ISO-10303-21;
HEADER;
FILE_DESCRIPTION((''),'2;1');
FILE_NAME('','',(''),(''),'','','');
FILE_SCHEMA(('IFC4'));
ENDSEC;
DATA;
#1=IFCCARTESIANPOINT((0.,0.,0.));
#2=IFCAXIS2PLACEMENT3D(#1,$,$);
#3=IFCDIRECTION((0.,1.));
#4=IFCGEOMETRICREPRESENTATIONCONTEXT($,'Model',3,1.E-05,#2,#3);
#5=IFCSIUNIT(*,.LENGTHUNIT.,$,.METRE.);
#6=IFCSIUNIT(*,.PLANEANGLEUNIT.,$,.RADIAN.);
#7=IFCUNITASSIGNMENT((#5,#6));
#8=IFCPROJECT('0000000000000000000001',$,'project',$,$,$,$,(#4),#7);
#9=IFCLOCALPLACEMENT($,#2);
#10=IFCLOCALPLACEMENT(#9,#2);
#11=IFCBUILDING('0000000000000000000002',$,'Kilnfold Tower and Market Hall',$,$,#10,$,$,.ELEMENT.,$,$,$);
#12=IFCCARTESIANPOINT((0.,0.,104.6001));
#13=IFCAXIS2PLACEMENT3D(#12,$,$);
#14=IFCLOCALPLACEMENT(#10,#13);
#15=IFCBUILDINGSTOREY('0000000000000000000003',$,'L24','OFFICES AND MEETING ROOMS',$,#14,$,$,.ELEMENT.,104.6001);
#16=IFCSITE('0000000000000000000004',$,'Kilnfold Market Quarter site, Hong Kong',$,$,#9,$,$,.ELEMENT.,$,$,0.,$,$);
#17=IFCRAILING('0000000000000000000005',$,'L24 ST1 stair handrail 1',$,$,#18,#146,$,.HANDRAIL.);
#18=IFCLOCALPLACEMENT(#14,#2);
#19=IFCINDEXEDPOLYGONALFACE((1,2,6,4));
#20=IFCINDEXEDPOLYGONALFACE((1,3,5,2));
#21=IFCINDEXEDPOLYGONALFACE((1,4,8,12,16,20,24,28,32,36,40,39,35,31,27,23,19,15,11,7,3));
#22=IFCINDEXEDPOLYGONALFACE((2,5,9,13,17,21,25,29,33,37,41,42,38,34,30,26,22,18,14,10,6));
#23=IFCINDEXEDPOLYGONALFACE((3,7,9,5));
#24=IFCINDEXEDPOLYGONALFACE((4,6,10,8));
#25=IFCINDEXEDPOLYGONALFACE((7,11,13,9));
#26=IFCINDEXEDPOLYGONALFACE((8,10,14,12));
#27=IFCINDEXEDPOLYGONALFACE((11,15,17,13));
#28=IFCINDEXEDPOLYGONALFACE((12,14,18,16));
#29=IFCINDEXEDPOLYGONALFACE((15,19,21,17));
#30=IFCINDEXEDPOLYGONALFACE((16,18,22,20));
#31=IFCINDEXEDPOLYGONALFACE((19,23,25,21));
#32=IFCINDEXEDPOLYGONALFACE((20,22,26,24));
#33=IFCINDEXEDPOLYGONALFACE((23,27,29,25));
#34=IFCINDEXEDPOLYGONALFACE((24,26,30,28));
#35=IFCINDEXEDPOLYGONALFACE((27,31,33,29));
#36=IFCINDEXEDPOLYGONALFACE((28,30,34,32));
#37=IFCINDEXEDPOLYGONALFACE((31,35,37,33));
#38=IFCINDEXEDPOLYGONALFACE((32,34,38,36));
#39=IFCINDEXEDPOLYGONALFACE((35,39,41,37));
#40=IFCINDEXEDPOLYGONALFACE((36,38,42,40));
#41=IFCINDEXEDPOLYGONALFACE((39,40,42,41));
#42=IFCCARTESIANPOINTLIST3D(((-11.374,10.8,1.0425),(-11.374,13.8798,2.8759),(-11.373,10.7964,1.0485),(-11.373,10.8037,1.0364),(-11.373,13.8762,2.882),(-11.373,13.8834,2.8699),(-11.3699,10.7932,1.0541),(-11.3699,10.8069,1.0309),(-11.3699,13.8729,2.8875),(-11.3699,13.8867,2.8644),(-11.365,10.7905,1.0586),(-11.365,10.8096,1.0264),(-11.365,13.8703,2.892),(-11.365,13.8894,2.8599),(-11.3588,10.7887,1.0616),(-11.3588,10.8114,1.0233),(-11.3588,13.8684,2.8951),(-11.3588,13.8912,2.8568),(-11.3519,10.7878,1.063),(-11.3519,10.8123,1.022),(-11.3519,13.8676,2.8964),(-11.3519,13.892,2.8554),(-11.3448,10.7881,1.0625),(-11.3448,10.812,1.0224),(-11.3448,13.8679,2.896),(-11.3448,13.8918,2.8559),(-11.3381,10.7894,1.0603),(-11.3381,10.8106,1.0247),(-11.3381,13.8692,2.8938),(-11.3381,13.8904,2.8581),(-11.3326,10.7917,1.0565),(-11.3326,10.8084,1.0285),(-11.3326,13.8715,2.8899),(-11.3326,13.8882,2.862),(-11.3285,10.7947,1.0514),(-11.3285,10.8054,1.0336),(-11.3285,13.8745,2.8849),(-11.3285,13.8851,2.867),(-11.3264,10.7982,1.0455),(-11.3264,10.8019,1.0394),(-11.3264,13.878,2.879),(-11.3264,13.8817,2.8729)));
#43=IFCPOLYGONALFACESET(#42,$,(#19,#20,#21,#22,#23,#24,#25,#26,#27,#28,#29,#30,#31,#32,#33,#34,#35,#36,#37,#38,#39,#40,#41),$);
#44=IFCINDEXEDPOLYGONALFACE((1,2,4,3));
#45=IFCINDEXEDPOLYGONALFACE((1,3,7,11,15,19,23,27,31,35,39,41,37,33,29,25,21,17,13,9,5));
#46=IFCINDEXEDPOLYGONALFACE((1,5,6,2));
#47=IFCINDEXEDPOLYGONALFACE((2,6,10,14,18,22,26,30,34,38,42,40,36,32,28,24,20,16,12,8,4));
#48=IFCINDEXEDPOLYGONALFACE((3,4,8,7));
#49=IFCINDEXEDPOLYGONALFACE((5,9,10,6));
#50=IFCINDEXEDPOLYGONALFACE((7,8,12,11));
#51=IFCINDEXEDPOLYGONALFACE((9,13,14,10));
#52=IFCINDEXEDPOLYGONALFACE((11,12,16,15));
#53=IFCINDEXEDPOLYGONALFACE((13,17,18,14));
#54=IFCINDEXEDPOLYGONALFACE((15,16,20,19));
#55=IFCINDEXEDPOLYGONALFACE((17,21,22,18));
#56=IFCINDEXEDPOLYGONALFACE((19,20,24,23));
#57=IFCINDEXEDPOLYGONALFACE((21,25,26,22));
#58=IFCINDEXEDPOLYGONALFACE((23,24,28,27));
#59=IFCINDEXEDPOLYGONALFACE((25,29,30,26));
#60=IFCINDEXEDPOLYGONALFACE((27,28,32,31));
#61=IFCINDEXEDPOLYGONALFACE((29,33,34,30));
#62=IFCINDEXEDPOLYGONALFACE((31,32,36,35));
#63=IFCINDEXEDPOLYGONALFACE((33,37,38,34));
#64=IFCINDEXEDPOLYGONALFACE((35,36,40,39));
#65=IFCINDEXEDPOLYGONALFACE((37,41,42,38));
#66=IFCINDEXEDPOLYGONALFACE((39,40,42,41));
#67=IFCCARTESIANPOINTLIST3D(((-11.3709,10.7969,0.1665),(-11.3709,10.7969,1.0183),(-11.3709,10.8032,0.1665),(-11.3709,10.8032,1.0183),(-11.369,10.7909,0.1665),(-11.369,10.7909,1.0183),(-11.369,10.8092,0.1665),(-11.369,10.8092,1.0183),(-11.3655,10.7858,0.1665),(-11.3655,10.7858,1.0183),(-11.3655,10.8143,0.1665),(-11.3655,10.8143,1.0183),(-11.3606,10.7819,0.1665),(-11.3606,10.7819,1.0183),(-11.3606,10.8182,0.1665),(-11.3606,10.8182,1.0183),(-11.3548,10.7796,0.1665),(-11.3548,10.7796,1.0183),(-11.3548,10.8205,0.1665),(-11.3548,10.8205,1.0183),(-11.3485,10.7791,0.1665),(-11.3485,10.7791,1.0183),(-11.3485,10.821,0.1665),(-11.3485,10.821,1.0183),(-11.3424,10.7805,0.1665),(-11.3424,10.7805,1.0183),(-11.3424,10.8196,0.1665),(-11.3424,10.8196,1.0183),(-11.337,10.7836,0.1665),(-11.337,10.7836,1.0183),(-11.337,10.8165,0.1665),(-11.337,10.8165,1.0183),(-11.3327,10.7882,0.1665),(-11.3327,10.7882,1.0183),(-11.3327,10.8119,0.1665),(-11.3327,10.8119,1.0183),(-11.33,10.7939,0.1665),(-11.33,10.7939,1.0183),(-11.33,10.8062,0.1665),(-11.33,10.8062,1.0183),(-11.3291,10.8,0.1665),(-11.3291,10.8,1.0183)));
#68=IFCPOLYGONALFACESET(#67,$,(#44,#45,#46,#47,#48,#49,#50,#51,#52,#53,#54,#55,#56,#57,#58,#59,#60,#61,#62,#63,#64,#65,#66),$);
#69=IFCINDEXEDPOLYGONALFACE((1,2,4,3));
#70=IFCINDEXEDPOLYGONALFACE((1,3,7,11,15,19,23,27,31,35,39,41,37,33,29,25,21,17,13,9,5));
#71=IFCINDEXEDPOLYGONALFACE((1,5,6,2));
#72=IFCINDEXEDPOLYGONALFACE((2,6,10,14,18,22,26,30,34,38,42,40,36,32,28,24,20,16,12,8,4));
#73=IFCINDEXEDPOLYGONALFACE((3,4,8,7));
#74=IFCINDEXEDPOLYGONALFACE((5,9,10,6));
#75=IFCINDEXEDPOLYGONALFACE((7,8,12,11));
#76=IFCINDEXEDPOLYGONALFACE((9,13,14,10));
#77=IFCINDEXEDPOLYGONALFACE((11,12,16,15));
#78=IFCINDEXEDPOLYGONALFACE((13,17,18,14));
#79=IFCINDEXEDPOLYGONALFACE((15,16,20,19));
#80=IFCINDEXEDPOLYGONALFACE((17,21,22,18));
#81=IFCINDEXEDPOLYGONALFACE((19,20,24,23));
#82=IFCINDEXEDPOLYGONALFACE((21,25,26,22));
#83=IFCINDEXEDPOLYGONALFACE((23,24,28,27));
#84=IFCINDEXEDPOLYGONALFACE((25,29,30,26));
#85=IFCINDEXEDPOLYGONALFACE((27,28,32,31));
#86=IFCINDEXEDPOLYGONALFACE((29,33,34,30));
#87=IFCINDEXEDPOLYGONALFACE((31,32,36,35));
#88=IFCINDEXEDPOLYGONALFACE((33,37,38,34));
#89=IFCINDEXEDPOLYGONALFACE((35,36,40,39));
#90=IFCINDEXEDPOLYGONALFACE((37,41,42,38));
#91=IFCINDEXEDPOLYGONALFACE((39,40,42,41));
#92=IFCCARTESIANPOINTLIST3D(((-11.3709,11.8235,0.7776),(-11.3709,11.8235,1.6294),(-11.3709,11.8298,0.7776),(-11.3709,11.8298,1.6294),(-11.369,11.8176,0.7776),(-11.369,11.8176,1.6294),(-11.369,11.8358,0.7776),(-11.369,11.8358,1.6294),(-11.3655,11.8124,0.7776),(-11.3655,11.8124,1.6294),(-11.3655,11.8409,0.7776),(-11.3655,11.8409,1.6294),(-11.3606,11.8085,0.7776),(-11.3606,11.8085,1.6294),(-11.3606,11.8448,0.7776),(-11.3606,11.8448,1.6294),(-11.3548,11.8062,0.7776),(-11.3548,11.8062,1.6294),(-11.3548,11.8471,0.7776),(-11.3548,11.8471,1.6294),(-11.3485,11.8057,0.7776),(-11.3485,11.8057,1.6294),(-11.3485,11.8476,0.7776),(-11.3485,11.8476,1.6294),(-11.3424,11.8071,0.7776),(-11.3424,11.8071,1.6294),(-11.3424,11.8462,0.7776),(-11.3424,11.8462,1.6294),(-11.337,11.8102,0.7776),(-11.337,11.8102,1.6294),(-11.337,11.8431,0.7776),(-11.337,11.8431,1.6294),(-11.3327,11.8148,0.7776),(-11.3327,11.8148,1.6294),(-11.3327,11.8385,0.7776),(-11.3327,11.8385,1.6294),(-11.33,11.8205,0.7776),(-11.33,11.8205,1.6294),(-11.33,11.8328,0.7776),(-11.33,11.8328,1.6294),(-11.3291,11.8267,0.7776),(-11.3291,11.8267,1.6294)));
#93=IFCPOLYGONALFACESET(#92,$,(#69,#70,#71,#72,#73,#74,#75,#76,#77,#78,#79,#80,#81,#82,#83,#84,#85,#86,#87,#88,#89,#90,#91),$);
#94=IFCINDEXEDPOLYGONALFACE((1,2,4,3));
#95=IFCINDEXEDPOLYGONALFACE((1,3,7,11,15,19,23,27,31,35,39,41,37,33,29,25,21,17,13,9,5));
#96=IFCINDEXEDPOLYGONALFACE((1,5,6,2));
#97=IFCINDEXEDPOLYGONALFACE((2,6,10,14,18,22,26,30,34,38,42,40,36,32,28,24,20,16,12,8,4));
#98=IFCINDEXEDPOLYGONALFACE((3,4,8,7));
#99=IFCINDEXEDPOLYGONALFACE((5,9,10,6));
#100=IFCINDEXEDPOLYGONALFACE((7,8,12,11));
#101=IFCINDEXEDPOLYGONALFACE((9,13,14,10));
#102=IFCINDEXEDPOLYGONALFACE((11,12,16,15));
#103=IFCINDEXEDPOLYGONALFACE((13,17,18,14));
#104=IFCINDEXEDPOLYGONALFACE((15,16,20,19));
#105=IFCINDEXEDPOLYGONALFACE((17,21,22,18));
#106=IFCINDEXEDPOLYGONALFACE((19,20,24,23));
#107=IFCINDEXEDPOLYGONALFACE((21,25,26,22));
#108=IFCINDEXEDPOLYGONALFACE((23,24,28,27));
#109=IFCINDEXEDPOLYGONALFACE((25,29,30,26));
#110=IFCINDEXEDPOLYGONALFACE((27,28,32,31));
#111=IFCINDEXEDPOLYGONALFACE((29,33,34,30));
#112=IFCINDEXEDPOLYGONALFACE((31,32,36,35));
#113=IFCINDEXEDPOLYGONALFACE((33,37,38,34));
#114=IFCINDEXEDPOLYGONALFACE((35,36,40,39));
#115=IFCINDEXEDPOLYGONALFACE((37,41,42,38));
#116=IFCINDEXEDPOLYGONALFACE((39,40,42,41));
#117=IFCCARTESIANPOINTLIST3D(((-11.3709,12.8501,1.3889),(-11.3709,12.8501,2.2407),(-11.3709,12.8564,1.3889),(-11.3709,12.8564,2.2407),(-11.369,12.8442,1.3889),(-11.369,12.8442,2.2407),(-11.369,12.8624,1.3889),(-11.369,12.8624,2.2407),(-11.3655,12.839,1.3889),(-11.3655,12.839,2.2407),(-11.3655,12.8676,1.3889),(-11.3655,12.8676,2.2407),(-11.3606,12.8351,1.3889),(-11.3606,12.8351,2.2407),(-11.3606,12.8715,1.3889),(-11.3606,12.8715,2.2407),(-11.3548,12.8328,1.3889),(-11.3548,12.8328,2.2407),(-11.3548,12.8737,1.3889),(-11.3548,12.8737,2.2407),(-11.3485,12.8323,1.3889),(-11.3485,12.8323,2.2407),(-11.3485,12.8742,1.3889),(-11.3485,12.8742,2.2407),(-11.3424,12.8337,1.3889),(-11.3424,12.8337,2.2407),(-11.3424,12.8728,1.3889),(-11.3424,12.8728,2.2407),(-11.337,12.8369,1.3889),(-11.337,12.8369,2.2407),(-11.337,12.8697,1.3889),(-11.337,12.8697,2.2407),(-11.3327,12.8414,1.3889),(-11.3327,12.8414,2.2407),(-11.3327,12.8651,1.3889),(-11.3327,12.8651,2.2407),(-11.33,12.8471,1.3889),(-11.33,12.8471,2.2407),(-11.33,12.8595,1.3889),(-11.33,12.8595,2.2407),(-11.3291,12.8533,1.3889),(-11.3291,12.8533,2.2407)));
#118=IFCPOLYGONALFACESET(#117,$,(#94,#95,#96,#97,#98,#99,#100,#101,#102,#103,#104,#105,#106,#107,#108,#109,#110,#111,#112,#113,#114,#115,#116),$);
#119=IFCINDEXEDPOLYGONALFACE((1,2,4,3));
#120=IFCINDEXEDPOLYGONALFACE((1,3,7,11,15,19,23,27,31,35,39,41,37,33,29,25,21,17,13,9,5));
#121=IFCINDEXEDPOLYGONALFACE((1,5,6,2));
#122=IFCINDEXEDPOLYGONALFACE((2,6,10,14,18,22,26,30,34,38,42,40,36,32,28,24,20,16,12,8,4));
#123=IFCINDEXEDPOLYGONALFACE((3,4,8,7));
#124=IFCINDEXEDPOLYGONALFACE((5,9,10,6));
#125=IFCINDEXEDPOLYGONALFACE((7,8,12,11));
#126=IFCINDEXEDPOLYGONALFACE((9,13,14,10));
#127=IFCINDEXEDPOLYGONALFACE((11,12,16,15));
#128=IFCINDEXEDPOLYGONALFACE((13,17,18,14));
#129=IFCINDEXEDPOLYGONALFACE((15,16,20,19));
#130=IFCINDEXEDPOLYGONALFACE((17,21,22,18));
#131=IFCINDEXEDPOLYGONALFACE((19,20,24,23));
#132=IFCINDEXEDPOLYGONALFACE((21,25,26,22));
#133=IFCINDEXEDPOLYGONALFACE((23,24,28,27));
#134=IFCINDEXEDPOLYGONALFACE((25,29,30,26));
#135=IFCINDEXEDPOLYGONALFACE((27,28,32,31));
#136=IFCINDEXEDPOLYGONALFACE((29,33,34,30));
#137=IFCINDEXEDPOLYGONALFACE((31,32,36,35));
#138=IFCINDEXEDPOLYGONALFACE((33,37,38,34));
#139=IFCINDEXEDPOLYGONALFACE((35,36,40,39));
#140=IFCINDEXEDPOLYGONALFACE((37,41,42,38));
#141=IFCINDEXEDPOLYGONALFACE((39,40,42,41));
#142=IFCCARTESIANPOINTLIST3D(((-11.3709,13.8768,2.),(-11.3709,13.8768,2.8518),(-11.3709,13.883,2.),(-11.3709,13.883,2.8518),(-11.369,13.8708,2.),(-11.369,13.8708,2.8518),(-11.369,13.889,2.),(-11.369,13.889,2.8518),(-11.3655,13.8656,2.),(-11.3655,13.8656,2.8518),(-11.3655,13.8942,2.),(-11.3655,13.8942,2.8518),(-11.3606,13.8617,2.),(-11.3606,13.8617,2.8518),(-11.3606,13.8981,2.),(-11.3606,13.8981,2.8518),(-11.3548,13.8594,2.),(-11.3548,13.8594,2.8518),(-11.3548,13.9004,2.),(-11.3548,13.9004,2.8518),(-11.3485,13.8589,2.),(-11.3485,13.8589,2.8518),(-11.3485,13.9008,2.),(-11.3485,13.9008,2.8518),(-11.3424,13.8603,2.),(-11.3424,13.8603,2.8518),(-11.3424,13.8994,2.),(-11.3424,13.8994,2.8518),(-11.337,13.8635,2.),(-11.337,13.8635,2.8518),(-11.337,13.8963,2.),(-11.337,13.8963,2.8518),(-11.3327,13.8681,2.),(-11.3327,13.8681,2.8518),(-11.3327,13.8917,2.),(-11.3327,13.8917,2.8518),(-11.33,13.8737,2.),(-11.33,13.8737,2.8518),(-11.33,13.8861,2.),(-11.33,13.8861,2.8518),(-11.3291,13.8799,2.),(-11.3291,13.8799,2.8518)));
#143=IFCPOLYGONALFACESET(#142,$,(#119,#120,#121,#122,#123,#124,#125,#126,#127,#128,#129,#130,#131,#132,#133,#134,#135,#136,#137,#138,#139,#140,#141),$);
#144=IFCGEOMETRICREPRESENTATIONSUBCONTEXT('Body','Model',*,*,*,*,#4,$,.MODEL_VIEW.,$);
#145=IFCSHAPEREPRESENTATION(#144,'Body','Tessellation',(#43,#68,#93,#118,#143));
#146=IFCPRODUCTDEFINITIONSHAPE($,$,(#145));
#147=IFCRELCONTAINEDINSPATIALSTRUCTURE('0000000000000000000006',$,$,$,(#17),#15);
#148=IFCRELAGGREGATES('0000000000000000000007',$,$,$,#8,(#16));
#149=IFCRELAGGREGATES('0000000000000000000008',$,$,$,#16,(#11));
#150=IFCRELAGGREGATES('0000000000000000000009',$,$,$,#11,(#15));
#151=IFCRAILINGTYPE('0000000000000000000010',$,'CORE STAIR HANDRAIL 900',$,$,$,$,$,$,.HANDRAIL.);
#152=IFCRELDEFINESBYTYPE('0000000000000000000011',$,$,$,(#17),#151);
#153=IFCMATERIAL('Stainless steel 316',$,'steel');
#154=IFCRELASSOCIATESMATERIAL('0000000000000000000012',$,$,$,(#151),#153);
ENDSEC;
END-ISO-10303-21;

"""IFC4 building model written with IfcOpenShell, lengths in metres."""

from ifc_helpers import new_model, si_unit, direction, frame, origin, origin_2d, place, context, subcontext, project, spatial, circle, extrude, material, type_object, element, save


model = new_model("IFC4")

# Units and contexts
model_context = context("Model", 3, precision=1e-05, world=origin(), true_north=direction((0.0, 1.0)))
body_context = subcontext(model_context, "Body", "Model", "MODEL_VIEW")
ifc_project = project(units=[si_unit("LENGTHUNIT", "METRE"), si_unit("PLANEANGLEUNIT", "RADIAN")], contexts=[model_context])

# Site, building, storey
site_placement = place(None, origin())
site = spatial("IfcSite", under=ifc_project, at=site_placement, Name="Kilnfold Market Quarter site, Hong Kong", CompositionType="ELEMENT", RefElevation=0.0)
building_placement = place(site_placement, origin())
building = spatial("IfcBuilding", under=site, at=building_placement, Name="Kilnfold Tower and Market Hall", CompositionType="ELEMENT")
storey_placement = place(building_placement, frame((0.0, 0.0, 104.6001)))
storey = spatial("IfcBuildingStorey", under=building, at=storey_placement, Name="L24", Description="OFFICES AND MEETING ROOMS", CompositionType="ELEMENT", Elevation=104.6001)

# Railing
ifc_material_1 = material(Name="Stainless steel 316", Category="steel")
railing_type = type_object("IfcRailingType", Name="CORE STAIR HANDRAIL 900", PredefinedType="HANDRAIL", material=ifc_material_1)
railing_placement = place(storey_placement, frame((-11.3501, 10.8, 0.1665)))
element("IfcRailing", 1, at=railing_placement, inside=storey, type_object=railing_type, Name="L24 ST1 stair handrail 1", PredefinedType="HANDRAIL", context=body_context, shape_type="SweptSolid", body=[
    extrude(circle(Radius=0.0239, at=origin_2d()), frame((0.0, 0.0, 0.876), z_axis=(0.0, 0.859261, 0.511538), x_axis=(-1.0, 0.0, 0.0)), (0.0, 0.0, 1.0), 3.5842),
    extrude(circle(Radius=0.021, at=origin_2d()), origin(), (0.0, 0.0, 1.0), 0.8518),
    extrude(circle(Radius=0.021, at=origin_2d()), frame((0.0, 1.0266, 0.6111)), (0.0, 0.0, 1.0), 0.8518),
    extrude(circle(Radius=0.021, at=origin_2d()), frame((0.0, 2.0532, 1.2224)), (0.0, 0.0, 1.0), 0.8518),
    extrude(circle(Radius=0.021, at=origin_2d()), frame((0.0, 3.0798, 1.8335)), (0.0, 0.0, 1.0), 0.8518),
])

save(model, "model.ifc")
